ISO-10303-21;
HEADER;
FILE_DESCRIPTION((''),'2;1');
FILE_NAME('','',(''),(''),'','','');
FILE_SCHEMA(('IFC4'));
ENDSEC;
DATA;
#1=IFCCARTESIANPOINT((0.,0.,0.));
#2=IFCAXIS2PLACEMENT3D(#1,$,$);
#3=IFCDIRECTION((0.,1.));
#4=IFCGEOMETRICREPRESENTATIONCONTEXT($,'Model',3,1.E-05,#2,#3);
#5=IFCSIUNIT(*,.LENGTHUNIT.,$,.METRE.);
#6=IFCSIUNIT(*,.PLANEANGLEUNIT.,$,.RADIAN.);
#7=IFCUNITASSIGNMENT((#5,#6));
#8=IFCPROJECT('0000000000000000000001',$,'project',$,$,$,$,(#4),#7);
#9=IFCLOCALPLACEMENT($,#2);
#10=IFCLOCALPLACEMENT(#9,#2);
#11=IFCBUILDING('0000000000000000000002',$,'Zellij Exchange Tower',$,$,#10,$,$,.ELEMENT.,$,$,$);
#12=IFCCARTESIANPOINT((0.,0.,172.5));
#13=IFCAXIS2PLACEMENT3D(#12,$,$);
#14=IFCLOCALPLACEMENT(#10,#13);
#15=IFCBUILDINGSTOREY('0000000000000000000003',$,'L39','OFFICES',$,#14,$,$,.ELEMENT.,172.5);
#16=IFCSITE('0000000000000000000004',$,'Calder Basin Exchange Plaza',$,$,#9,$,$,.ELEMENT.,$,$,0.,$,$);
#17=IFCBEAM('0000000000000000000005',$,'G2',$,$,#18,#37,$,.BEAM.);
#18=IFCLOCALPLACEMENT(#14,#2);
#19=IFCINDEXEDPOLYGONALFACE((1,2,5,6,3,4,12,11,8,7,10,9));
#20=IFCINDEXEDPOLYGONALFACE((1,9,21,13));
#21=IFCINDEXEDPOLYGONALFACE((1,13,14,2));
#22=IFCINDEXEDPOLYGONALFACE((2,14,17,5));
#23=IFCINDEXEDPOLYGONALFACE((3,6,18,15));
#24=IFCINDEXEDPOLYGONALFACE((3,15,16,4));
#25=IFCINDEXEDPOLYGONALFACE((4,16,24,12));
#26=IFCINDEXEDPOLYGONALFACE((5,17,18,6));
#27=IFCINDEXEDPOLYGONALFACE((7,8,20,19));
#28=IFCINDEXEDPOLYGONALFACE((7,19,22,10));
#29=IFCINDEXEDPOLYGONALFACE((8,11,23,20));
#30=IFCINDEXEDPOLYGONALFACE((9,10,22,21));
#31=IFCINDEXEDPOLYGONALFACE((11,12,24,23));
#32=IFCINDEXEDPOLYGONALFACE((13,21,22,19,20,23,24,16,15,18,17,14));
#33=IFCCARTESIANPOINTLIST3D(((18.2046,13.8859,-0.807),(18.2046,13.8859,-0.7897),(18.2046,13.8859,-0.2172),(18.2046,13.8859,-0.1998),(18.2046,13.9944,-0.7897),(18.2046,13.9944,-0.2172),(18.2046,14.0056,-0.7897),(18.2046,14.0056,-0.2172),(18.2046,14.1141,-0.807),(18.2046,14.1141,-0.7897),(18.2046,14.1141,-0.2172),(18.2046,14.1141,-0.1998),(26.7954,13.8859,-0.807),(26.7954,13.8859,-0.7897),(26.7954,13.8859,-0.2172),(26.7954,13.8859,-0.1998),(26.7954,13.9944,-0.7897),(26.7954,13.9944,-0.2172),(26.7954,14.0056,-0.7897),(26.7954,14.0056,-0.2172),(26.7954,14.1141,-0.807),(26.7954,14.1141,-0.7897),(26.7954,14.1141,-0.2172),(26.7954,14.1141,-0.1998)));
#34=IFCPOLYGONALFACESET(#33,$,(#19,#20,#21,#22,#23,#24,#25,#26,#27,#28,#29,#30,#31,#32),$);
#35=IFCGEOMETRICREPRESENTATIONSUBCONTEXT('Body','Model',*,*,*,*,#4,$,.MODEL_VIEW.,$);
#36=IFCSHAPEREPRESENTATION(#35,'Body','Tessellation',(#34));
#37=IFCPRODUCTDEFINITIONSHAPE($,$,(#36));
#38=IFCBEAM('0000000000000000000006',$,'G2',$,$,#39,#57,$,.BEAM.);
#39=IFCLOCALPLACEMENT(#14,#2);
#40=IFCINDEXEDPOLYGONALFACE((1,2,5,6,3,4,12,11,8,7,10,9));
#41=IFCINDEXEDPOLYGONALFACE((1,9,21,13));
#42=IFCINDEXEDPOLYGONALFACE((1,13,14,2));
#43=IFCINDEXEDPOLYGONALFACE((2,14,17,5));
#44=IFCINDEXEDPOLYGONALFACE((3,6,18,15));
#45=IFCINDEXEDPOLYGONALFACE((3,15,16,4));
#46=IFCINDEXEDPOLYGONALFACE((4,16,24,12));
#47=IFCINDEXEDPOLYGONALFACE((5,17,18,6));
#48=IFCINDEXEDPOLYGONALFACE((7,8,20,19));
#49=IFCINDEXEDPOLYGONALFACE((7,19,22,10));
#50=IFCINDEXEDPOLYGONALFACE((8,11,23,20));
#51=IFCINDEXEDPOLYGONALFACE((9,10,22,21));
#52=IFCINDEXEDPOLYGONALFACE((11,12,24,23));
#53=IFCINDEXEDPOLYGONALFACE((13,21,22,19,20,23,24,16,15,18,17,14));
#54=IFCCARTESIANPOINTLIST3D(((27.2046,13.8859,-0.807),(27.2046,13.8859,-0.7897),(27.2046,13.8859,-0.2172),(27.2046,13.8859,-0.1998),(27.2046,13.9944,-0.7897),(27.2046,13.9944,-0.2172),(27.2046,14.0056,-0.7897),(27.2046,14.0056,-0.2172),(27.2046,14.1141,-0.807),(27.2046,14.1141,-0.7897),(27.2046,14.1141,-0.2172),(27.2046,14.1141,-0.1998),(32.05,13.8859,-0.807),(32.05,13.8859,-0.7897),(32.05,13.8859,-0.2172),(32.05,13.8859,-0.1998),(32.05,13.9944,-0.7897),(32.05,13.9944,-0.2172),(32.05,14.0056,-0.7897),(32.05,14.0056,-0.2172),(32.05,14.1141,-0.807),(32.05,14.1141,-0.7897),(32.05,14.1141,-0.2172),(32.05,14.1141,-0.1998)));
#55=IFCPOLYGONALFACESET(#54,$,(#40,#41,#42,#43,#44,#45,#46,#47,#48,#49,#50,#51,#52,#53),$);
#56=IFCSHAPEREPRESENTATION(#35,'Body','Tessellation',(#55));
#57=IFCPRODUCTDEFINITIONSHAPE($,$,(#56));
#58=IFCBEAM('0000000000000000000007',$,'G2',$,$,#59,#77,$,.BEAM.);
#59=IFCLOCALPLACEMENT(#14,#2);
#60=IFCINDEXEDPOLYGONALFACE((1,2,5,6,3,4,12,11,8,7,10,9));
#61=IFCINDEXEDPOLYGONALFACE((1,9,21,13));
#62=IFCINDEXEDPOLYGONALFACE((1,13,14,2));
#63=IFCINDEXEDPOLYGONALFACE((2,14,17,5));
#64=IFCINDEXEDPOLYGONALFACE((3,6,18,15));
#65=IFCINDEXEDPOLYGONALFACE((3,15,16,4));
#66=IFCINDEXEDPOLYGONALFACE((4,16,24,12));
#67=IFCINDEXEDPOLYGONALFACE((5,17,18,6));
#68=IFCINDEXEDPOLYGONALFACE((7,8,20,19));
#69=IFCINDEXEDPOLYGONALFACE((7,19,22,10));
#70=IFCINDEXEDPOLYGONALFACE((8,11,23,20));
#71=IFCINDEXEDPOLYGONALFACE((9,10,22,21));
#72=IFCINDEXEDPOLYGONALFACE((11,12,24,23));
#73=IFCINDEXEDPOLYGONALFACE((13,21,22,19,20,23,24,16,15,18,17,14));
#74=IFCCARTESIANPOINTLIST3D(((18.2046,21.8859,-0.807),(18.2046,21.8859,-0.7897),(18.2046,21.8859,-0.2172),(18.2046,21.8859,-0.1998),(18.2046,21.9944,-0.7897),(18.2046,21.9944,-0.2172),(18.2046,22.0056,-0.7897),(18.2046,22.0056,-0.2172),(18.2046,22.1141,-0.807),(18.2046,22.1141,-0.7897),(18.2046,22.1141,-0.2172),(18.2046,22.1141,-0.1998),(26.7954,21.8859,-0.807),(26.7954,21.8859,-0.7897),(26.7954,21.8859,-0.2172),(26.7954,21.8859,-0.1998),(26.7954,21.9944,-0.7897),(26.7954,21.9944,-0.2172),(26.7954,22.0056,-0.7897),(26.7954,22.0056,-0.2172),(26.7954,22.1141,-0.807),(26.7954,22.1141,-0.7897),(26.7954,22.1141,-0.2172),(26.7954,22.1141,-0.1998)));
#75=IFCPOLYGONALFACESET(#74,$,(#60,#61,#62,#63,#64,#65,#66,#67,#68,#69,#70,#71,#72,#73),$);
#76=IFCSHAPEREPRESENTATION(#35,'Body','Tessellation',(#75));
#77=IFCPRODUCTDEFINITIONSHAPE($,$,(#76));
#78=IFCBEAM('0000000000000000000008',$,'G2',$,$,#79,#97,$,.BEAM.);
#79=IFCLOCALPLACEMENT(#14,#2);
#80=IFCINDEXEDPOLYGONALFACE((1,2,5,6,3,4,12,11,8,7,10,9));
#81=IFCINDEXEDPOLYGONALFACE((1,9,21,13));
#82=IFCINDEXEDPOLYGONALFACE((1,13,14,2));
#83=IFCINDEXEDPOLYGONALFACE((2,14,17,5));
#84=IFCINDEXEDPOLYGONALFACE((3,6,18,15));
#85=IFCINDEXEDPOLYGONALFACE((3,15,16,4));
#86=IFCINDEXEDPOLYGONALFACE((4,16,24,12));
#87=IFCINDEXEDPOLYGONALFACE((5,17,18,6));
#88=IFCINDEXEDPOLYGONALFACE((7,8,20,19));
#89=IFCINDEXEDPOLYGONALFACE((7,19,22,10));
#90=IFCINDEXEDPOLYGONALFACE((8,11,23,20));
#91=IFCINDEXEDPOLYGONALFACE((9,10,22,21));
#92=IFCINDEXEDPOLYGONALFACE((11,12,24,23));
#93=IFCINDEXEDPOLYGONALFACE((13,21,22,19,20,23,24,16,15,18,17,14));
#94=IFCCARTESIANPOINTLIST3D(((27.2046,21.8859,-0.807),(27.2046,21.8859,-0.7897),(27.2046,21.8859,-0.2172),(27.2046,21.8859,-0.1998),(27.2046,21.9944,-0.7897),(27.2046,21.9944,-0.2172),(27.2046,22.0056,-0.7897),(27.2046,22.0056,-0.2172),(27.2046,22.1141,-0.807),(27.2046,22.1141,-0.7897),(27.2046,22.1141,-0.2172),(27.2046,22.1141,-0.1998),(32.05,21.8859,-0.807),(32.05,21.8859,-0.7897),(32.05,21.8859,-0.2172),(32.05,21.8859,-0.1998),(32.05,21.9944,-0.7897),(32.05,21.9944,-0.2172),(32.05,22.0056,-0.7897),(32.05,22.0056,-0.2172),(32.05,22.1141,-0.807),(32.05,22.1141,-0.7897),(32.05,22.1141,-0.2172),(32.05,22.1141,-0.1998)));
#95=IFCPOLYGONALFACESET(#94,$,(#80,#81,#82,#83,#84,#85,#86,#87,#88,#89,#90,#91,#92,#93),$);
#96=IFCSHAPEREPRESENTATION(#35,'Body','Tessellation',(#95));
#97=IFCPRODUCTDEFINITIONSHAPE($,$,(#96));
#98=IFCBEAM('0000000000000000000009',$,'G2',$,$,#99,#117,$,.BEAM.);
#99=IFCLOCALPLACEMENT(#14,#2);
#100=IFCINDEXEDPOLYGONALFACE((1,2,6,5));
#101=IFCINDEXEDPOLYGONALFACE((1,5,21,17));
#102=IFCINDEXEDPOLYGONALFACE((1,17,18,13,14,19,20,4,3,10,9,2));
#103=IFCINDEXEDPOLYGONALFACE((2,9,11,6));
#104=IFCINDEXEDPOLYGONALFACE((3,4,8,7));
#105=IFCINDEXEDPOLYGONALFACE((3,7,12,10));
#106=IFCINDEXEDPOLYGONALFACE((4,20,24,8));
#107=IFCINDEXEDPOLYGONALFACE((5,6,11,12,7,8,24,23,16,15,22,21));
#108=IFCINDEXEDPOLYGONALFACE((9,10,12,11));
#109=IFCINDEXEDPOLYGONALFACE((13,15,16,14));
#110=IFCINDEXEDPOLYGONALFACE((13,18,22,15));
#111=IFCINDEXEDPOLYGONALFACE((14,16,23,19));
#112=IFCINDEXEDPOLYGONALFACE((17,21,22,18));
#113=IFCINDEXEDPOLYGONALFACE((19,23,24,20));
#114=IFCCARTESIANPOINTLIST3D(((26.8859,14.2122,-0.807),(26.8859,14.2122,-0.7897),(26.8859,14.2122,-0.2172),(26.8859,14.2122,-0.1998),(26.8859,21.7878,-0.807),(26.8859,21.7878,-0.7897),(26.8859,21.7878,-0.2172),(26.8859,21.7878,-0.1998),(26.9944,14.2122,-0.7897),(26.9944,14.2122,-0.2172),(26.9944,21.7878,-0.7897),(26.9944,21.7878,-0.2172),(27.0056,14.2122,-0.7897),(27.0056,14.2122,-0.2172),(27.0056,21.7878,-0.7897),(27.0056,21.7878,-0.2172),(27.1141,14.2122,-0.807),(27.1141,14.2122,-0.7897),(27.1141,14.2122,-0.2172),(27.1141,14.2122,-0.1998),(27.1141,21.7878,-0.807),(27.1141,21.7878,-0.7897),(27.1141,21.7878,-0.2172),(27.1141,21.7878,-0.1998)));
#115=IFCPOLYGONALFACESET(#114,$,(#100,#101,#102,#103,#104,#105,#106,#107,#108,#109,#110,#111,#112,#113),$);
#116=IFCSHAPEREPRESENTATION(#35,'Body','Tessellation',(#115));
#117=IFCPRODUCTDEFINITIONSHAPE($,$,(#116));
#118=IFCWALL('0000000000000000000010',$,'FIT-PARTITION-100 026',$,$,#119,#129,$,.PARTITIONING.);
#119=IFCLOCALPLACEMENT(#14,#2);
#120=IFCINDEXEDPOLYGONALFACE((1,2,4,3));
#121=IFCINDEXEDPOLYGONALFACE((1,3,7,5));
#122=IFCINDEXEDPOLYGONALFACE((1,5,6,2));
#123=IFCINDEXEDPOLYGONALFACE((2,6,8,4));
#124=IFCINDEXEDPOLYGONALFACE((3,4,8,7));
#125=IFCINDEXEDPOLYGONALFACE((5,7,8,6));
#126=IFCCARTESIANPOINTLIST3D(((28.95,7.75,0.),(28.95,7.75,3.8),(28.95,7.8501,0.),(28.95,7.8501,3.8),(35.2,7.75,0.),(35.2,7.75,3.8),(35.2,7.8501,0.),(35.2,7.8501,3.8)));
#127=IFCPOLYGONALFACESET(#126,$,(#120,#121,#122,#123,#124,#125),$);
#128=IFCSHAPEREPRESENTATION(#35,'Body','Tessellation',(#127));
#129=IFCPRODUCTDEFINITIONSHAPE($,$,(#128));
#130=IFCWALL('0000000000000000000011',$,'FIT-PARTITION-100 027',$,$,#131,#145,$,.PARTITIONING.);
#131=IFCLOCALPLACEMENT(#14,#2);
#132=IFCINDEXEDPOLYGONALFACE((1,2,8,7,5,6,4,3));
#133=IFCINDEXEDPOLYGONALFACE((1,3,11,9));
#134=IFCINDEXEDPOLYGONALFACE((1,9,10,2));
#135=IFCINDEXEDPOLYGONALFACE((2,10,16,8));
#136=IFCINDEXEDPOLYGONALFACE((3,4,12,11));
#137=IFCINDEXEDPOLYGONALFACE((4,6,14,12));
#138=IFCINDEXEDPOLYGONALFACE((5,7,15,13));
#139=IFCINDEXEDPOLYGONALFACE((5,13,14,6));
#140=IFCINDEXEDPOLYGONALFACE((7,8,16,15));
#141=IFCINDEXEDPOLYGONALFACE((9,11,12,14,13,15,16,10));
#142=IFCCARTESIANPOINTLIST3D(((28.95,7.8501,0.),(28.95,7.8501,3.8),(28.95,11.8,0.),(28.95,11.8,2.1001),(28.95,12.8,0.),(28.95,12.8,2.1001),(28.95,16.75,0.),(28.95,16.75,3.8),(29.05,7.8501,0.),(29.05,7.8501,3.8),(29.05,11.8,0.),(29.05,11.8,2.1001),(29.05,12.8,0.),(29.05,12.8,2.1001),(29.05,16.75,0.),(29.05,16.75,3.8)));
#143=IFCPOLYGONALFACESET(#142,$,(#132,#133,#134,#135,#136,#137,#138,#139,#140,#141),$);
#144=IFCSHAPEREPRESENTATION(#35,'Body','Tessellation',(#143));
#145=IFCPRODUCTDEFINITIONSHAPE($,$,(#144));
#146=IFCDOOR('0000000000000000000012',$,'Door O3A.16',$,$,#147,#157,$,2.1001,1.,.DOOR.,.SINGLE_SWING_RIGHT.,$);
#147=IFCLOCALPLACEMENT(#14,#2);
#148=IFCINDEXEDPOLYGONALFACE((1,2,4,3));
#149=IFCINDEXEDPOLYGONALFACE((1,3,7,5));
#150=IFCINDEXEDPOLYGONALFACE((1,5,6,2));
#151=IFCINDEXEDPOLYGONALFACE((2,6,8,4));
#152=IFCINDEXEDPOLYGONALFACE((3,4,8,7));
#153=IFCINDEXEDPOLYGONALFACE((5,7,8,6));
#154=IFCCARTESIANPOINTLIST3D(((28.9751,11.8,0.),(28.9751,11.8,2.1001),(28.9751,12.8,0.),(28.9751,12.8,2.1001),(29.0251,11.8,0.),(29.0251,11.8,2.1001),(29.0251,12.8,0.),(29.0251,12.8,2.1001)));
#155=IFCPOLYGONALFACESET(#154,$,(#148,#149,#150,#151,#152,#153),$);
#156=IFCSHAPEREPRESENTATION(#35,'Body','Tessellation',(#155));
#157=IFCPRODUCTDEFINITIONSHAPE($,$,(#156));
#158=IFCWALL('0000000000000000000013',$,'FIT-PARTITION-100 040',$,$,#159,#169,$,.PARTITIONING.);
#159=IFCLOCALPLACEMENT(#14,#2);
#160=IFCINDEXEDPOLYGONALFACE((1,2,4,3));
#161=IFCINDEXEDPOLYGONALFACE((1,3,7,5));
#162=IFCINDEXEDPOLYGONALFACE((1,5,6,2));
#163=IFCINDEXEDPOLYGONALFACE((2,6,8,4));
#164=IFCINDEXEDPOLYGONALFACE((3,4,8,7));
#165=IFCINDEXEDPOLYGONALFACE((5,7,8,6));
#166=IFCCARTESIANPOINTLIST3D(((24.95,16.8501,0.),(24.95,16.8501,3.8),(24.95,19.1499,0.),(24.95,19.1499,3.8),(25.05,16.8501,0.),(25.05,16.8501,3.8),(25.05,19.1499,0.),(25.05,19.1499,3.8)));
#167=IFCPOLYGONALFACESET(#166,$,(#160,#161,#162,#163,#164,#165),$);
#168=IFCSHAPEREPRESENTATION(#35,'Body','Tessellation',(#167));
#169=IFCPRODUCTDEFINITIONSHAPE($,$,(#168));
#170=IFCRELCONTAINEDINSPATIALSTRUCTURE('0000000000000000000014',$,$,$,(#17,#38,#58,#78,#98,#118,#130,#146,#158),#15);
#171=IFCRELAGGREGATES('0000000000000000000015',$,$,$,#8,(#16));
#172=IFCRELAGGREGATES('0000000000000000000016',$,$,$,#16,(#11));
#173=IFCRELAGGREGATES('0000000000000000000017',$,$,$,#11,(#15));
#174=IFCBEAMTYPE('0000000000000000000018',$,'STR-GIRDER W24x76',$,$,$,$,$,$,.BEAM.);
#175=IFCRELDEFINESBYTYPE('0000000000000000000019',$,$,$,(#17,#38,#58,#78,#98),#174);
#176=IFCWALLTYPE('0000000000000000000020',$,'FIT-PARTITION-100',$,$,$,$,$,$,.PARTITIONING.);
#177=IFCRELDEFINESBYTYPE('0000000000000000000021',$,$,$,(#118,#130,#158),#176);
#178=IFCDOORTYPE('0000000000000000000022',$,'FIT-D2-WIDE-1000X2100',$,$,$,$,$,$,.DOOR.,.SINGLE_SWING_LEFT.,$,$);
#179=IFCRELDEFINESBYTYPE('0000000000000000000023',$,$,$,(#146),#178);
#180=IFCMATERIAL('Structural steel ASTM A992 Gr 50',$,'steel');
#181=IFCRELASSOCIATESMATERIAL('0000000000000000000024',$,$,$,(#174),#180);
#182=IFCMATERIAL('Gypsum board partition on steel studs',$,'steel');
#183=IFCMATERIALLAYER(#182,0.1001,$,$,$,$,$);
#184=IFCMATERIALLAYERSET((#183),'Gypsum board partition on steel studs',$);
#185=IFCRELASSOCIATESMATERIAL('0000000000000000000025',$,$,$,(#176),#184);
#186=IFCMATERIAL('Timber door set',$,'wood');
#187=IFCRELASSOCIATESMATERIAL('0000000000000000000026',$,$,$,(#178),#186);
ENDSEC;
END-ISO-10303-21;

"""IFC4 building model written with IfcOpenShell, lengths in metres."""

from ifc_helpers import new_model, si_unit, direction, frame, frame_2d, origin, origin_2d, place, context, subcontext, project, spatial, rectangle, i_section, extrude, material, layer, layer_set, material_profile, profile_set, type_object, element, fill, save


model = new_model("IFC4")

# Units and contexts
model_context = context("Model", 3, precision=1e-05, world=origin(), true_north=direction((0.0, 1.0)))
body_context = subcontext(model_context, "Body", "Model", "MODEL_VIEW")
ifc_project = project(units=[si_unit("LENGTHUNIT", "METRE"), si_unit("PLANEANGLEUNIT", "RADIAN")], contexts=[model_context])

# Site, building, storey
site_placement = place(None, origin())
site = spatial("IfcSite", under=ifc_project, at=site_placement, Name="Calder Basin Exchange Plaza", CompositionType="ELEMENT", RefElevation=0.0)
building_placement = place(site_placement, origin())
building = spatial("IfcBuilding", under=site, at=building_placement, Name="Zellij Exchange Tower", CompositionType="ELEMENT")
storey_placement = place(building_placement, frame((0.0, 0.0, 172.5)))
storey = spatial("IfcBuildingStorey", under=building, at=storey_placement, Name="L39", Description="OFFICES", CompositionType="ELEMENT", Elevation=172.5)

# Beams
ifc_material_1 = material(Name="Structural steel ASTM A992 Gr 50", Category="steel")
ifc_material_profile_1 = material_profile(ifc_material_1, i_section(OverallWidth=0.2283, OverallDepth=0.6072, WebThickness=0.0112, FlangeThickness=0.0173, at=origin_2d()), Name="W24x76")
ifc_profile_set_1 = profile_set([ifc_material_profile_1], Name="Structural steel ASTM A992 Gr 50")
beam_type_1 = type_object("IfcBeamType", Name="STR-GIRDER W24x76", PredefinedType="BEAM", material=ifc_profile_set_1)
beam_1_placement = place(storey_placement, frame((18.2046, 14.0, -0.5034), z_axis=(1.0, 0.0, 0.0), x_axis=(0.0, 1.0, 0.0)))
element("IfcBeam", 1, at=beam_1_placement, inside=storey, type_object=beam_type_1, Name="G2", PredefinedType="BEAM", context=body_context, shape_type="SweptSolid", body=[
    extrude(i_section(OverallWidth=0.2283, OverallDepth=0.6072, WebThickness=0.0112, FlangeThickness=0.0173, at=origin_2d()), origin(), (0.0, 0.0, 1.0), 8.5908),
])
beam_2_placement = place(storey_placement, frame((27.2046, 14.0, -0.5034), z_axis=(1.0, 0.0, 0.0), x_axis=(0.0, 1.0, 0.0)))
element("IfcBeam", 2, at=beam_2_placement, inside=storey, type_object=beam_type_1, Name="G2", PredefinedType="BEAM", context=body_context, shape_type="SweptSolid", body=[
    extrude(i_section(OverallWidth=0.2283, OverallDepth=0.6072, WebThickness=0.0112, FlangeThickness=0.0173, at=origin_2d()), origin(), (0.0, 0.0, 1.0), 4.8455),
])
beam_3_placement = place(storey_placement, frame((18.2046, 22.0, -0.5034), z_axis=(1.0, 0.0, 0.0), x_axis=(0.0, 1.0, 0.0)))
element("IfcBeam", 3, at=beam_3_placement, inside=storey, type_object=beam_type_1, Name="G2", PredefinedType="BEAM", context=body_context, shape_type="SweptSolid", body=[
    extrude(i_section(OverallWidth=0.2283, OverallDepth=0.6072, WebThickness=0.0112, FlangeThickness=0.0173, at=origin_2d()), origin(), (0.0, 0.0, 1.0), 8.5908),
])
beam_4_placement = place(storey_placement, frame((27.2046, 22.0, -0.5034), z_axis=(1.0, 0.0, 0.0), x_axis=(0.0, 1.0, 0.0)))
element("IfcBeam", 4, at=beam_4_placement, inside=storey, type_object=beam_type_1, Name="G2", PredefinedType="BEAM", context=body_context, shape_type="SweptSolid", body=[
    extrude(i_section(OverallWidth=0.2283, OverallDepth=0.6072, WebThickness=0.0112, FlangeThickness=0.0173, at=origin_2d()), origin(), (0.0, 0.0, 1.0), 4.8455),
])
beam_5_placement = place(storey_placement, frame((27.0, 14.2122, -0.5034), z_axis=(0.0, 1.0, 0.0), x_axis=(-1.0, 0.0, 0.0)))
element("IfcBeam", 5, at=beam_5_placement, inside=storey, type_object=beam_type_1, Name="G2", PredefinedType="BEAM", context=body_context, shape_type="SweptSolid", body=[
    extrude(i_section(OverallWidth=0.2283, OverallDepth=0.6072, WebThickness=0.0112, FlangeThickness=0.0173, at=origin_2d()), origin(), (0.0, 0.0, 1.0), 7.5757),
])

# Wall
ifc_material_2 = material(Name="Gypsum board partition on steel studs", Category="steel")
ifc_layer_1 = layer(ifc_material_2, 0.1001)
ifc_layer_set_1 = layer_set([ifc_layer_1], Name="Gypsum board partition on steel studs")
wall_type = type_object("IfcWallType", Name="FIT-PARTITION-100", PredefinedType="PARTITIONING", material=ifc_layer_set_1)
wall_1_placement = place(storey_placement, frame((28.95, 7.8, 0.0), z_axis=(0.0, 0.0, 1.0), x_axis=(1.0, 0.0, 0.0)))
element("IfcWall", 6, at=wall_1_placement, inside=storey, type_object=wall_type, Name="FIT-PARTITION-100 026", PredefinedType="PARTITIONING", context=body_context, shape_type="SweptSolid", body=[
    extrude(rectangle(XDim=6.25, YDim=0.1001, at=frame_2d((3.125, 0.0))), origin(), (0.0, 0.0, 1.0), 3.8),
])

# Wall, opening, door
wall_2_placement = place(storey_placement, frame((29.0, 7.8501, 0.0), z_axis=(0.0, 0.0, 1.0), x_axis=(0.0, 1.0, 0.0)))
wall_2 = element("IfcWall", 7, at=wall_2_placement, inside=storey, type_object=wall_type, Name="FIT-PARTITION-100 027", PredefinedType="PARTITIONING", context=body_context, shape_type="SweptSolid", body=[
    extrude(rectangle(XDim=8.8999, YDim=0.1001, at=frame_2d((4.45, 0.0))), origin(), (0.0, 0.0, 1.0), 3.8),
])
opening_placement = place(wall_2_placement, frame((3.95, 0.0, 0.0)))
opening = element("IfcOpeningElement", 8, at=opening_placement, cuts=wall_2, PredefinedType="OPENING", context=body_context, shape_type="SweptSolid", body=[
    extrude(rectangle(XDim=1.0, YDim=2.1001, at=frame_2d((0.5, 1.05))), frame((0.0, 0.062, 0.0), z_axis=(0.0, -1.0, 0.0), x_axis=(1.0, 0.0, 0.0)), (0.0, 0.0, 1.0), 0.124),
])
ifc_material_3 = material(Name="Timber door set", Category="wood")
door_type = type_object("IfcDoorType", Name="FIT-D2-WIDE-1000X2100", OperationType="SINGLE_SWING_LEFT", PredefinedType="DOOR", material=ifc_material_3)
door_placement = place(opening_placement, origin())
door = element("IfcDoor", 9, at=door_placement, inside=storey, type_object=door_type, Name="Door O3A.16", OperationType="SINGLE_SWING_RIGHT", OverallHeight=2.1001, OverallWidth=1.0, PredefinedType="DOOR", context=body_context, shape_type="SweptSolid", body=[
    extrude(rectangle(XDim=1.0, YDim=2.1001, at=frame_2d((0.5, 1.05))), frame((0.0, 0.0249, 0.0), z_axis=(0.0, -1.0, 0.0), x_axis=(1.0, 0.0, 0.0)), (0.0, 0.0, 1.0), 0.05),
])
fill(opening, door)

# Wall
wall_3_placement = place(storey_placement, frame((25.0, 16.8501, 0.0), z_axis=(0.0, 0.0, 1.0), x_axis=(0.0, 1.0, 0.0)))
element("IfcWall", 10, at=wall_3_placement, inside=storey, type_object=wall_type, Name="FIT-PARTITION-100 040", PredefinedType="PARTITIONING", context=body_context, shape_type="SweptSolid", body=[
    extrude(rectangle(XDim=2.2998, YDim=0.1001, at=frame_2d((1.1499, 0.0))), origin(), (0.0, 0.0, 1.0), 3.8),
])

save(model, "model.ifc")
